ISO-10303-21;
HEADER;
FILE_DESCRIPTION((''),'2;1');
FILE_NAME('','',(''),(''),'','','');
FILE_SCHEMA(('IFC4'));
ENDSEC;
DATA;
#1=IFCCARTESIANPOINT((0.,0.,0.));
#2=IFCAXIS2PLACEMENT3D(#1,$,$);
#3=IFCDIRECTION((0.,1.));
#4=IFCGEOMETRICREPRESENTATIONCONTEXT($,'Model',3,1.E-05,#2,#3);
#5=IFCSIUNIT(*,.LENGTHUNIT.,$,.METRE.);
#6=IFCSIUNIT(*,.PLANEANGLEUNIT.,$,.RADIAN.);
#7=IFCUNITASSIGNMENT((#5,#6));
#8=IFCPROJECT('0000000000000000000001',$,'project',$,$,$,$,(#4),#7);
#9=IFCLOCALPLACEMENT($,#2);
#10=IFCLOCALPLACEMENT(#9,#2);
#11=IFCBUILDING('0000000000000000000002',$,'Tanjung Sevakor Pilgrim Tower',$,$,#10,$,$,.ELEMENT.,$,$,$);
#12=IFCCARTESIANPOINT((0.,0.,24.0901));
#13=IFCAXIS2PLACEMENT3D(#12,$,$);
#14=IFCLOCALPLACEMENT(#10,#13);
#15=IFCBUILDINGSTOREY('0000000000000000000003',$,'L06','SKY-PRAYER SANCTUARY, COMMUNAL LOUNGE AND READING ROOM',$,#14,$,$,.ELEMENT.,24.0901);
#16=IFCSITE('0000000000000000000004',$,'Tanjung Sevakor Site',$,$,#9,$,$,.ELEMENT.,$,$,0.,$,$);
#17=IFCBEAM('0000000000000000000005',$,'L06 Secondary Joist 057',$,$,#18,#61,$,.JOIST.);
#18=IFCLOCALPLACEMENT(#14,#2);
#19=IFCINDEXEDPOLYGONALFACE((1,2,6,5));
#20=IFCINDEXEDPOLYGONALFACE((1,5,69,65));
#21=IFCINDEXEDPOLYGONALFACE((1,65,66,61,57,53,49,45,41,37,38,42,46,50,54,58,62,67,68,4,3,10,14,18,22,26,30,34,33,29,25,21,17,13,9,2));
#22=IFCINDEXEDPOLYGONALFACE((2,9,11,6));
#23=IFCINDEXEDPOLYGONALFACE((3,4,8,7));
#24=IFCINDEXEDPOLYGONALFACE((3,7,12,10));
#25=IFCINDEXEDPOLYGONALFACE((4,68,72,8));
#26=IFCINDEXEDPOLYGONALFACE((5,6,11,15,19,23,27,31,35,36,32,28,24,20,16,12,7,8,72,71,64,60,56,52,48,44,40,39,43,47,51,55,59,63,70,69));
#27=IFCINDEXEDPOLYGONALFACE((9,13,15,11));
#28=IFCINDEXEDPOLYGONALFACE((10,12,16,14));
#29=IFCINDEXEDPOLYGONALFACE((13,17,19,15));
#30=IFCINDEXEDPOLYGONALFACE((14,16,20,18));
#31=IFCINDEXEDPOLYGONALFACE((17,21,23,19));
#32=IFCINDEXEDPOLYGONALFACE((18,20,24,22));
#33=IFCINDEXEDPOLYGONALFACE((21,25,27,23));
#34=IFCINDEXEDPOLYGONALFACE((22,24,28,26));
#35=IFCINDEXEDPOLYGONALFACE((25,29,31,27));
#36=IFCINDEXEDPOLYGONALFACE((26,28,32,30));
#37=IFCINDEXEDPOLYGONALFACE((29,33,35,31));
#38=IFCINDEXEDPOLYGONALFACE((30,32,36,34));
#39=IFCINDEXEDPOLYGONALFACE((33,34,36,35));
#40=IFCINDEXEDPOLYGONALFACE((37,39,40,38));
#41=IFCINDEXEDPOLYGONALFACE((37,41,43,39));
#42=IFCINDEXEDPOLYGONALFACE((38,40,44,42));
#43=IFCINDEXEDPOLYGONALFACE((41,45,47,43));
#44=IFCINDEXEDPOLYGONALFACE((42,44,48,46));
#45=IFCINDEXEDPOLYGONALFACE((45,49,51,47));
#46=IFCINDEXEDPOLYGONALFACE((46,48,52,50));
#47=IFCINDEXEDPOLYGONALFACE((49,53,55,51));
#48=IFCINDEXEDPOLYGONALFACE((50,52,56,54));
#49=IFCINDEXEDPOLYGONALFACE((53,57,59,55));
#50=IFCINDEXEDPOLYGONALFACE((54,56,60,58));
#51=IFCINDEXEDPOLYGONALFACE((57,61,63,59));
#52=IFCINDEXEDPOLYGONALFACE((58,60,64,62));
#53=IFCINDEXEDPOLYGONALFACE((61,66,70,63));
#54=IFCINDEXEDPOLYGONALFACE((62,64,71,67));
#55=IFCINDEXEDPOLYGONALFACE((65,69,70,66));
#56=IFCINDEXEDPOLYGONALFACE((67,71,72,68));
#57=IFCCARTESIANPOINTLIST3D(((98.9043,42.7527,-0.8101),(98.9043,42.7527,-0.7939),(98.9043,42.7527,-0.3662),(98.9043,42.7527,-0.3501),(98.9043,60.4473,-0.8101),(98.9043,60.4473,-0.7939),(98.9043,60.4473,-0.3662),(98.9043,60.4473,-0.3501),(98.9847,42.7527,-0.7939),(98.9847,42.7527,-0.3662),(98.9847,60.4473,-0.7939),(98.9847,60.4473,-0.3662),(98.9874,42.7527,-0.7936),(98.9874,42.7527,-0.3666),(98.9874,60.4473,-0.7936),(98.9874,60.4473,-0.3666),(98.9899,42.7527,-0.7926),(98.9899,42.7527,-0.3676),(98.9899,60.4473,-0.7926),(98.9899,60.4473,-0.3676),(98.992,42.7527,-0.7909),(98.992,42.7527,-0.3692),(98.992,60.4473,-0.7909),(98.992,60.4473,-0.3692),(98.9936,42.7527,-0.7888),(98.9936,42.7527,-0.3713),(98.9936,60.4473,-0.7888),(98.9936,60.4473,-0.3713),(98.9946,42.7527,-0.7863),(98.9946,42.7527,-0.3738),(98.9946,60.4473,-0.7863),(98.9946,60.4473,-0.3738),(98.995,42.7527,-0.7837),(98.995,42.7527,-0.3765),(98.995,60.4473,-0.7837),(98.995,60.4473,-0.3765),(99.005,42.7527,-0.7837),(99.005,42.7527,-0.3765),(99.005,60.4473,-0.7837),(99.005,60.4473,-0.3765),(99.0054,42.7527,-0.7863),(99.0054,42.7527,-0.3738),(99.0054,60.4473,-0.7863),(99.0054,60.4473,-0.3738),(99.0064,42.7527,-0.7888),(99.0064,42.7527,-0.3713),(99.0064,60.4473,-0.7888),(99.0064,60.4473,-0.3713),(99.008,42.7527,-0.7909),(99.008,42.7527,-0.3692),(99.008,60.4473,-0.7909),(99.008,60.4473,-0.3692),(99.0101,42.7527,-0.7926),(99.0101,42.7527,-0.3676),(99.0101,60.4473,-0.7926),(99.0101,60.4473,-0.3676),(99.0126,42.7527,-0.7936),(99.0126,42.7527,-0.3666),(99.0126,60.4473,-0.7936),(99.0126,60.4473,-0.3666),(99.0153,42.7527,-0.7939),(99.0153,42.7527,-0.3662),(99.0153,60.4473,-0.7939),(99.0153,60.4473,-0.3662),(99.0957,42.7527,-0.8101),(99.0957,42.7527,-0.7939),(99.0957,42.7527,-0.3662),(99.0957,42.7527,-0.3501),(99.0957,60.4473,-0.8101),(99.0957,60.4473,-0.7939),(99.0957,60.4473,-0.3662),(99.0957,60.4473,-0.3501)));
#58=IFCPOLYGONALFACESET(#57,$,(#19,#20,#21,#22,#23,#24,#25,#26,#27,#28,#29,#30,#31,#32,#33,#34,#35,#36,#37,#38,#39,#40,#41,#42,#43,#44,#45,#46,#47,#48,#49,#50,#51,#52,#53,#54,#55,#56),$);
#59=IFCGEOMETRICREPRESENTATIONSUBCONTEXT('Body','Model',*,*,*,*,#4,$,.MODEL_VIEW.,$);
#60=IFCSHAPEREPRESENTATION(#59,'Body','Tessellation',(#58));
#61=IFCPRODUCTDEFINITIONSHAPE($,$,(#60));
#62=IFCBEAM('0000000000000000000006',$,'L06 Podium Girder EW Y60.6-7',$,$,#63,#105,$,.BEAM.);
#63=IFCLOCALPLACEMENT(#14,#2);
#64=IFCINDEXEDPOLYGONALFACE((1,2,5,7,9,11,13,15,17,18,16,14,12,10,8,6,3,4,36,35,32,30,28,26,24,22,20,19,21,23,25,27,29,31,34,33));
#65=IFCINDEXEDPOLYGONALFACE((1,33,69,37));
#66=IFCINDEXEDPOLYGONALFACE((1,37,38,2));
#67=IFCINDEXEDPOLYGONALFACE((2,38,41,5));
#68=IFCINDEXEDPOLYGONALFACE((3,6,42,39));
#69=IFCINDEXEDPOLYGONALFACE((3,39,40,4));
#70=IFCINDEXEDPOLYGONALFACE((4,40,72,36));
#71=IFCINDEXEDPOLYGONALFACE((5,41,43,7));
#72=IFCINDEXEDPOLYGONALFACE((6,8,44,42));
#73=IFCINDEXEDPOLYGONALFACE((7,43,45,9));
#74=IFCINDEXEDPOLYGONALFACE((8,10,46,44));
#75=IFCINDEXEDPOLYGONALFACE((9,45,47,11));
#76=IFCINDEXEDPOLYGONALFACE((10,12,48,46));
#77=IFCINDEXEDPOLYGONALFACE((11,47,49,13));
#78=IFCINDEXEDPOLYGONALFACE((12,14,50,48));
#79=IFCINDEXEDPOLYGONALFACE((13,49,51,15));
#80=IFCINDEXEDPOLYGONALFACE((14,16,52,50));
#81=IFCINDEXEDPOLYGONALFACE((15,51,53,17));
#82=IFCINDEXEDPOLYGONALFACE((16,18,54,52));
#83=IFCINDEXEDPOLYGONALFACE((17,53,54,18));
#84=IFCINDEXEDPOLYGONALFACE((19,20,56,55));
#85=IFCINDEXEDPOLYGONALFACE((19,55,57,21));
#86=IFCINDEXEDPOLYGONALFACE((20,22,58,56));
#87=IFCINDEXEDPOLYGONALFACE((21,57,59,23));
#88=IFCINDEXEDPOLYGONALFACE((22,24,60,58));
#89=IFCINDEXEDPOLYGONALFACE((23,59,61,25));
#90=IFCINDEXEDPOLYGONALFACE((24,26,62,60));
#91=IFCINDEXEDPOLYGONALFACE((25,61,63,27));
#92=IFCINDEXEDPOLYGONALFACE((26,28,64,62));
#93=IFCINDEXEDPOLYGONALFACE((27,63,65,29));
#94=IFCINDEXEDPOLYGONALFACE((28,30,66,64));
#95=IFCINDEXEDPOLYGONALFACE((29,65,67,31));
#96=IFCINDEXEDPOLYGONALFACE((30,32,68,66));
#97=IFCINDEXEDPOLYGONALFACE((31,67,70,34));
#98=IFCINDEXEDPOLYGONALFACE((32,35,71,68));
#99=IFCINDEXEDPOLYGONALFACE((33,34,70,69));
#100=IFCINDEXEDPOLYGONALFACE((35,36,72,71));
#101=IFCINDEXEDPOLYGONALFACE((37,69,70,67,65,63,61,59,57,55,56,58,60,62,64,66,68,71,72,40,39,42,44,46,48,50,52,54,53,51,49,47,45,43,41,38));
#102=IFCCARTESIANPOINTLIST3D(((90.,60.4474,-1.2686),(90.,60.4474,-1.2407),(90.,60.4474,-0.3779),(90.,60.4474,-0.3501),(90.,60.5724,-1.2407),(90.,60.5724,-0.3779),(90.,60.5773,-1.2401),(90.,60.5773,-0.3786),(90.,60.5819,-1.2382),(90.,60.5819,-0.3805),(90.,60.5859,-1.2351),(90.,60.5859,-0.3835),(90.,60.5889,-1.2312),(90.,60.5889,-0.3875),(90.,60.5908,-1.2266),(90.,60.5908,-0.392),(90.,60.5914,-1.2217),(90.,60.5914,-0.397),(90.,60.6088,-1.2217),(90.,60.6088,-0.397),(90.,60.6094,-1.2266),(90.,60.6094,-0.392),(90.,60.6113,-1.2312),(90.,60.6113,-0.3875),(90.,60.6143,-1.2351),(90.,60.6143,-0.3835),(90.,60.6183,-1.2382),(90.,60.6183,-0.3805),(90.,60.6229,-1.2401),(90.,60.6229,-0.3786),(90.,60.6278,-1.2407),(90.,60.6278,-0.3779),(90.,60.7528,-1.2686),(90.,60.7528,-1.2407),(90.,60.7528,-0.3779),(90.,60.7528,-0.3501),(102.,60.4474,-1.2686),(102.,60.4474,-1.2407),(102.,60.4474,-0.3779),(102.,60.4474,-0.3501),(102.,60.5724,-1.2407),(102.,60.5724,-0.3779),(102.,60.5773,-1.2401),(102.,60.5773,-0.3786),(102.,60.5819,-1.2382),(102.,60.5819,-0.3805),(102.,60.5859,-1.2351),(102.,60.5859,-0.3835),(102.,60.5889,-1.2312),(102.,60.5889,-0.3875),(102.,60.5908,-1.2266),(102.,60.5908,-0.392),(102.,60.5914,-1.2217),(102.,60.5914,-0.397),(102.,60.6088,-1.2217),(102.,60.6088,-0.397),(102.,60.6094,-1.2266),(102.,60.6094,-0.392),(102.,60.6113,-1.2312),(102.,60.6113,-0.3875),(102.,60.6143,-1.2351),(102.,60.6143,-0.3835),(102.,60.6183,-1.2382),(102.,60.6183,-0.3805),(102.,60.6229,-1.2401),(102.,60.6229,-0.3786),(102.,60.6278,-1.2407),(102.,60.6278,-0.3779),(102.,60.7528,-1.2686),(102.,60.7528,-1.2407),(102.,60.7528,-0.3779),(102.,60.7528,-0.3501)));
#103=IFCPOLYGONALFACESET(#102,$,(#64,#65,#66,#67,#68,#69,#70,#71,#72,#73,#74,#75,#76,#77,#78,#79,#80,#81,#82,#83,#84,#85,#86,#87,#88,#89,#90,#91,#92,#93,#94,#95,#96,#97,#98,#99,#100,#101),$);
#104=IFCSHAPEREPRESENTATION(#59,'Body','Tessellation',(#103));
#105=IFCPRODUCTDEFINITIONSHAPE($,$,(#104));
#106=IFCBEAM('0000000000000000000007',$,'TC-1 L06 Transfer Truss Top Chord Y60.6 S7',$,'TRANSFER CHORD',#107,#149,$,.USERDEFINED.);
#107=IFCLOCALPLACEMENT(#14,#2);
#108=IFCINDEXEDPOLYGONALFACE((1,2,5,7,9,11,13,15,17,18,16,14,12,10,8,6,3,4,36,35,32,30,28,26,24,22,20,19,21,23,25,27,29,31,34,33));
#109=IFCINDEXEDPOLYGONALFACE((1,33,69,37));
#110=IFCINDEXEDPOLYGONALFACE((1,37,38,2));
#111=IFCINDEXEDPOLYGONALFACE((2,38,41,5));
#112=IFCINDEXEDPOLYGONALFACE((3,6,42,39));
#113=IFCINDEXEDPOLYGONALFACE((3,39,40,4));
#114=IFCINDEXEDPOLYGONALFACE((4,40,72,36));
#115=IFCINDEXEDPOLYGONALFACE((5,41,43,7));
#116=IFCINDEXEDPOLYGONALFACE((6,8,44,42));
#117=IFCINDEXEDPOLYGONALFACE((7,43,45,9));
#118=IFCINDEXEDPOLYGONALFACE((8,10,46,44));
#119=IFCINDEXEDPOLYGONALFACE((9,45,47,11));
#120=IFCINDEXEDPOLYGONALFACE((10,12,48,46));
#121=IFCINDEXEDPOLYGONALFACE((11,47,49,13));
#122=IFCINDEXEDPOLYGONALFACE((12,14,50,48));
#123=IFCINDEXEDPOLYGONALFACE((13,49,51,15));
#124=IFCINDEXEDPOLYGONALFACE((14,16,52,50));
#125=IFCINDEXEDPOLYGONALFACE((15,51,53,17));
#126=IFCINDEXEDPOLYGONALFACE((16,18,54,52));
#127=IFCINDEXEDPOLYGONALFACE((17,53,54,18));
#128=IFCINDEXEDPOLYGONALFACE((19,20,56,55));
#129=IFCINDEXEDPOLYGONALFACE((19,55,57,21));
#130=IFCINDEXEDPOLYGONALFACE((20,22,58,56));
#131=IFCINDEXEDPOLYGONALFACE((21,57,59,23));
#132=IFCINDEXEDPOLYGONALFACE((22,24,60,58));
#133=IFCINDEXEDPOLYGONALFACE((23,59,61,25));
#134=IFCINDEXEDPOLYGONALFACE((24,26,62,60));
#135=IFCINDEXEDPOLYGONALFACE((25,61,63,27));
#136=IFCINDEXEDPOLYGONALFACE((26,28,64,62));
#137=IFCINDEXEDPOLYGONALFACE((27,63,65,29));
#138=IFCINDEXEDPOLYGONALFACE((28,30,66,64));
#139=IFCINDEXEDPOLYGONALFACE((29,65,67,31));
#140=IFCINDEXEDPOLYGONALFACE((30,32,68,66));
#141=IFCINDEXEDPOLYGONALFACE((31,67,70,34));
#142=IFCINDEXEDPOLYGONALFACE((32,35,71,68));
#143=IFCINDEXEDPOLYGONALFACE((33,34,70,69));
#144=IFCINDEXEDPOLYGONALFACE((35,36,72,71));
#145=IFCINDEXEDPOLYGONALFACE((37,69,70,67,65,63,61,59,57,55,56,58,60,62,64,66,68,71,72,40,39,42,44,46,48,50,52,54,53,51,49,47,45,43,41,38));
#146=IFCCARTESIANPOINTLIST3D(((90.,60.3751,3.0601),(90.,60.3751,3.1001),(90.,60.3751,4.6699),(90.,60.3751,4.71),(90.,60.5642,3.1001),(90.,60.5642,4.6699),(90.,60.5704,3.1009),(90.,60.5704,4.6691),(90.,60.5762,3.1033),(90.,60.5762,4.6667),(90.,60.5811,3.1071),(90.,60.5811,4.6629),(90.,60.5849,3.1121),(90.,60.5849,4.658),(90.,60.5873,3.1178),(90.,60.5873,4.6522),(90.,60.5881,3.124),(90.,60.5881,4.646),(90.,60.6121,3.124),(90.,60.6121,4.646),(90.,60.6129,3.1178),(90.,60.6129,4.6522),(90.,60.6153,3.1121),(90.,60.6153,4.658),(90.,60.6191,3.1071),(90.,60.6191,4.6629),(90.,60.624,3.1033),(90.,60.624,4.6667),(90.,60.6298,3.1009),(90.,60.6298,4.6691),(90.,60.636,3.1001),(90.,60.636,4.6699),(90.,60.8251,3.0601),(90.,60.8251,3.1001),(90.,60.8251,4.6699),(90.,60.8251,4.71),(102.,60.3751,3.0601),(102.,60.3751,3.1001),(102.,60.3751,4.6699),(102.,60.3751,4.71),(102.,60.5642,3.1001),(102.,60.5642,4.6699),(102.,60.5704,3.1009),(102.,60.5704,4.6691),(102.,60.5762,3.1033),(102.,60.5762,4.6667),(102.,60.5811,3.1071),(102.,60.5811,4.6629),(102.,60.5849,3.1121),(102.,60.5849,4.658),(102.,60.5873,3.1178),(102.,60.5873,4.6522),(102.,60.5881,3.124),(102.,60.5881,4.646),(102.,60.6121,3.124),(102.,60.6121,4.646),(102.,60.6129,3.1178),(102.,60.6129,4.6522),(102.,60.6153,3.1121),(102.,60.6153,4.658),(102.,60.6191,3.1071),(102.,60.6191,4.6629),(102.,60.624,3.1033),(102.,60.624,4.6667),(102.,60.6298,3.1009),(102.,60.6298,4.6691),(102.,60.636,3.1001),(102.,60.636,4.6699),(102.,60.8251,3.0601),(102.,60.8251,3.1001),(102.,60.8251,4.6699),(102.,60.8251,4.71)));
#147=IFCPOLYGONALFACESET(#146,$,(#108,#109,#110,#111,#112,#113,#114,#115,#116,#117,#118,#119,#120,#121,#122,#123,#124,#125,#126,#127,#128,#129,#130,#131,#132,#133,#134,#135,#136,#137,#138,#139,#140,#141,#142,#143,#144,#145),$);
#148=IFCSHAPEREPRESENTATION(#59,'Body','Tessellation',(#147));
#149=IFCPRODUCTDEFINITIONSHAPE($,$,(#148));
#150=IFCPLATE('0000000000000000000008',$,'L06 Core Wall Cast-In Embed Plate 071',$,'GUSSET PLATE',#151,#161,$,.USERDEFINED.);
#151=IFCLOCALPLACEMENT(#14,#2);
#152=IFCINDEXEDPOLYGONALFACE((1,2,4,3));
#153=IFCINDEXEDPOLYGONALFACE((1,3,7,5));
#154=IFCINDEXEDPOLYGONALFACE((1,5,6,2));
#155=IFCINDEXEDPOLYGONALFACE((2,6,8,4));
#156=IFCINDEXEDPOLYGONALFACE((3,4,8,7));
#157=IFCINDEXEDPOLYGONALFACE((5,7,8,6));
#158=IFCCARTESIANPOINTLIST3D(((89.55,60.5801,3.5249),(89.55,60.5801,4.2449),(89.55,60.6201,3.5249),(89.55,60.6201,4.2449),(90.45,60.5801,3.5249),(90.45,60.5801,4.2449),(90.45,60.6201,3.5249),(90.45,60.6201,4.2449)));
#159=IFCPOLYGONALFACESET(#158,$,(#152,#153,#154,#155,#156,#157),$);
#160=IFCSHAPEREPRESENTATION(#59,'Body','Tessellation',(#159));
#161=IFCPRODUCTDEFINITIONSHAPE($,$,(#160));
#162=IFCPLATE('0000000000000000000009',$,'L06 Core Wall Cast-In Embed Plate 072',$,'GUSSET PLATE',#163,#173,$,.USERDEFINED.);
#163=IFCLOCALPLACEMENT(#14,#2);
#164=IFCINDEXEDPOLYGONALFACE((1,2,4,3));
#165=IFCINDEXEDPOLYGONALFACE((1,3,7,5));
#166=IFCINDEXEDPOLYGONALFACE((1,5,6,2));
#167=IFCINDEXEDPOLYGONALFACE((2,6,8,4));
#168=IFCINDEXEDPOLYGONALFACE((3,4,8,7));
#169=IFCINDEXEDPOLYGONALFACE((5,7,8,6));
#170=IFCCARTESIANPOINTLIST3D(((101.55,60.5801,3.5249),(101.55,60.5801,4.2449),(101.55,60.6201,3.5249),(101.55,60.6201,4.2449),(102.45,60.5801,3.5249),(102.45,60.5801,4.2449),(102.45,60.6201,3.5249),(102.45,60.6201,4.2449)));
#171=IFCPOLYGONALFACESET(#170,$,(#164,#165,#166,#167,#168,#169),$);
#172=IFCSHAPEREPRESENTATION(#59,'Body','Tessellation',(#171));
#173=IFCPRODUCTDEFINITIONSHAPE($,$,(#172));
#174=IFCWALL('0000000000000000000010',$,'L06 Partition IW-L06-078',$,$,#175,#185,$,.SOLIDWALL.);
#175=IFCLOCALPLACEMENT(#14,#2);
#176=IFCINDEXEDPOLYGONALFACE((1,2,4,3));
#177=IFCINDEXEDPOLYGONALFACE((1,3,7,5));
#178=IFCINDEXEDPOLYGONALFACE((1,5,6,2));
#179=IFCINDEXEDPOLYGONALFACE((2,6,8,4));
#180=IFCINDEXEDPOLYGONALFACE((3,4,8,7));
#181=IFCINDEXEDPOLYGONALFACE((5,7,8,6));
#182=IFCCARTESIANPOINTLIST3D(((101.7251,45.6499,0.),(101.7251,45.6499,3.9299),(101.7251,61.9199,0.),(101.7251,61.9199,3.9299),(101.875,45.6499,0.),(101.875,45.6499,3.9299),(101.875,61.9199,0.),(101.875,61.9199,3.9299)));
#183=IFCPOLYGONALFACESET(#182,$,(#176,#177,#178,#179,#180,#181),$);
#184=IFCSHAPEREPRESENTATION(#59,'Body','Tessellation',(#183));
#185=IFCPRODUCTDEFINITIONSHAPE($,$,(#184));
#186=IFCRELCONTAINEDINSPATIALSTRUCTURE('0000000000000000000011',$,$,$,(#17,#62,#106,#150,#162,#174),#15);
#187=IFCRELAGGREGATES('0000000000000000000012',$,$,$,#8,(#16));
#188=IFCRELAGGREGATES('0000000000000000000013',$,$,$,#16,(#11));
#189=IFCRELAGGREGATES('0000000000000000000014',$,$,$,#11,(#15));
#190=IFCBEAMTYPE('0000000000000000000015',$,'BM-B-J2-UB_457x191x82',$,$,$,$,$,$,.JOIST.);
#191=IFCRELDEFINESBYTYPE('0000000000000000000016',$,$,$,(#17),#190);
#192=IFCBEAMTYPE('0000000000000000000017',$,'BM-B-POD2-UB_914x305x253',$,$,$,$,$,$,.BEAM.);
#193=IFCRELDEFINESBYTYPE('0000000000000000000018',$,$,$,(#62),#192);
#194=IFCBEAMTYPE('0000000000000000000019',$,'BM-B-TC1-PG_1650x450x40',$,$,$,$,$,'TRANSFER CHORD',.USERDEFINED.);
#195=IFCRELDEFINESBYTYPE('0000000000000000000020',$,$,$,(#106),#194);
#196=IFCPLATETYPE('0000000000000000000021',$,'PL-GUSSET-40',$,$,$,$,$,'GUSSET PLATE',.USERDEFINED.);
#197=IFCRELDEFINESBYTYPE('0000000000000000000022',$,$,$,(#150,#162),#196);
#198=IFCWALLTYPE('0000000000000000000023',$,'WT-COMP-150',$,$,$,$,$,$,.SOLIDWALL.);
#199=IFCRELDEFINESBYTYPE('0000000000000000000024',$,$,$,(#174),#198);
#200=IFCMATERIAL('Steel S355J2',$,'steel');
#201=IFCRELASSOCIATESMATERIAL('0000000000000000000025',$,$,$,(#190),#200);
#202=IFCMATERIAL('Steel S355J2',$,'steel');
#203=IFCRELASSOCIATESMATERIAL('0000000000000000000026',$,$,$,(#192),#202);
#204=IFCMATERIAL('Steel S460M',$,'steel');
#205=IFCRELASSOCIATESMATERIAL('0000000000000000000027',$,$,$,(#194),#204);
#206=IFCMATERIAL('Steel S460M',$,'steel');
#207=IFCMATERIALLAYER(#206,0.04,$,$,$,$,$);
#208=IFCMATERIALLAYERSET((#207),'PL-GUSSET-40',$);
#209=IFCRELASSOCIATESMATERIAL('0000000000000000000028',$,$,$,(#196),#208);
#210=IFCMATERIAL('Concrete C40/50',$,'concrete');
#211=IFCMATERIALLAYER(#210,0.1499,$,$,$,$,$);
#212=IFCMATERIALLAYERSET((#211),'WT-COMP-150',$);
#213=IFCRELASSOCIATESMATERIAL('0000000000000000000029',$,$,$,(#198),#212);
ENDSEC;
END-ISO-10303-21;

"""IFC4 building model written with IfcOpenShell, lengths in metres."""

from ifc_helpers import new_model, si_unit, direction, frame, frame_2d, origin, origin_2d, place, context, subcontext, project, spatial, rectangle, i_section, extrude, material, layer, layer_set, material_profile, profile_set, type_object, element, save


model = new_model("IFC4")

# Units and contexts
model_context = context("Model", 3, precision=1e-05, world=origin(), true_north=direction((0.0, 1.0)))
body_context = subcontext(model_context, "Body", "Model", "MODEL_VIEW")
ifc_project = project(units=[si_unit("LENGTHUNIT", "METRE"), si_unit("PLANEANGLEUNIT", "RADIAN")], contexts=[model_context])

# Site, building, storey
site_placement = place(None, origin())
site = spatial("IfcSite", under=ifc_project, at=site_placement, Name="Tanjung Sevakor Site", CompositionType="ELEMENT", RefElevation=0.0)
building_placement = place(site_placement, origin())
building = spatial("IfcBuilding", under=site, at=building_placement, Name="Tanjung Sevakor Pilgrim Tower", CompositionType="ELEMENT")
storey_placement = place(building_placement, frame((0.0, 0.0, 24.0901)))
storey = spatial("IfcBuildingStorey", under=building, at=storey_placement, Name="L06", Description="SKY-PRAYER SANCTUARY, COMMUNAL LOUNGE AND READING ROOM", CompositionType="ELEMENT", Elevation=24.0901)

# Beams
ifc_material_1 = material(Name="Steel S355J2", Category="steel")
ifc_material_profile_1 = material_profile(ifc_material_1, i_section(OverallWidth=0.1914, OverallDepth=0.46, WebThickness=0.01, FlangeThickness=0.0161, FilletRadius=0.0103, at=origin_2d()))
ifc_profile_set_1 = profile_set([ifc_material_profile_1], Name="Steel S355J2")
beam_type_1 = type_object("IfcBeamType", Name="BM-B-J2-UB_457x191x82", PredefinedType="JOIST", material=ifc_profile_set_1)
for number, where, z_axis, x_axis, name in (
    (1, (99.0, 42.7527, -0.5801), (0.0, 1.0, 0.0), (-1.0, 0.0, 0.0), "L06 Secondary Joist 057"),
):
    element("IfcBeam", number, at=place(storey_placement, frame(where, z_axis=z_axis, x_axis=x_axis)), inside=storey, type_object=beam_type_1, Name=name, PredefinedType="JOIST", context=body_context, shape_type="SweptSolid", body=[
        extrude(i_section(OverallWidth=0.1914, OverallDepth=0.46, WebThickness=0.01, FlangeThickness=0.0161, FilletRadius=0.0103, at=origin_2d()), origin(), (0.0, 0.0, 1.0), 17.6946),
    ])
ifc_material_2 = material(Name="Steel S355J2", Category="steel")
ifc_material_profile_2 = material_profile(ifc_material_2, i_section(OverallWidth=0.3054, OverallDepth=0.9185, WebThickness=0.0173, FlangeThickness=0.0278, FilletRadius=0.019, at=origin_2d()))
ifc_profile_set_2 = profile_set([ifc_material_profile_2], Name="Steel S355J2")
beam_type_2 = type_object("IfcBeamType", Name="BM-B-POD2-UB_914x305x253", PredefinedType="BEAM", material=ifc_profile_set_2)
beam_1_placement = place(storey_placement, frame((90.0, 60.6001, -0.8093), z_axis=(1.0, 0.0, 0.0), x_axis=(0.0, 1.0, 0.0)))
element("IfcBeam", 2, at=beam_1_placement, inside=storey, type_object=beam_type_2, Name="L06 Podium Girder EW Y60.6-7", PredefinedType="BEAM", context=body_context, shape_type="SweptSolid", body=[
    extrude(i_section(OverallWidth=0.3054, OverallDepth=0.9185, WebThickness=0.0173, FlangeThickness=0.0278, FilletRadius=0.019, at=origin_2d()), origin(), (0.0, 0.0, 1.0), 12.0),
])
ifc_material_3 = material(Name="Steel S460M", Category="steel")
ifc_material_profile_3 = material_profile(ifc_material_3, i_section(OverallWidth=0.45, OverallDepth=1.6499, WebThickness=0.0239, FlangeThickness=0.04, FilletRadius=0.0239, at=origin_2d()))
ifc_profile_set_3 = profile_set([ifc_material_profile_3], Name="Steel S460M")
beam_type_3 = type_object("IfcBeamType", Name="BM-B-TC1-PG_1650x450x40", ElementType="TRANSFER CHORD", PredefinedType="USERDEFINED", material=ifc_profile_set_3)
beam_2_placement = place(storey_placement, frame((90.0, 60.6001, 3.885), z_axis=(1.0, 0.0, 0.0), x_axis=(0.0, 1.0, 0.0)))
element("IfcBeam", 3, at=beam_2_placement, inside=storey, type_object=beam_type_3, Name="TC-1 L06 Transfer Truss Top Chord Y60.6 S7", ObjectType="TRANSFER CHORD", PredefinedType="USERDEFINED", context=body_context, shape_type="SweptSolid", body=[
    extrude(i_section(OverallWidth=0.45, OverallDepth=1.6499, WebThickness=0.0239, FlangeThickness=0.04, FilletRadius=0.0239, at=origin_2d()), origin(), (0.0, 0.0, 1.0), 12.0),
])

# Plates
ifc_material_4 = material(Name="Steel S460M", Category="steel")
ifc_layer_1 = layer(ifc_material_4, 0.04)
ifc_layer_set_1 = layer_set([ifc_layer_1], Name="PL-GUSSET-40")
plate_type = type_object("IfcPlateType", Name="PL-GUSSET-40", ElementType="GUSSET PLATE", PredefinedType="USERDEFINED", material=ifc_layer_set_1)
for number, where, z_axis, x_axis, name in (
    (4, (90.0, 60.6001, 3.5249), (0.0, 0.0, 1.0), (1.0, 0.0, 0.0), "L06 Core Wall Cast-In Embed Plate 071"),
    (5, (102.0, 60.6001, 3.5249), (0.0, 0.0, 1.0), (1.0, 0.0, 0.0), "L06 Core Wall Cast-In Embed Plate 072"),
):
    element("IfcPlate", number, at=place(storey_placement, frame(where, z_axis=z_axis, x_axis=x_axis)), inside=storey, type_object=plate_type, Name=name, ObjectType="GUSSET PLATE", PredefinedType="USERDEFINED", context=body_context, shape_type="SweptSolid", body=[
        extrude(rectangle(XDim=0.8999, YDim=0.04, at=origin_2d()), origin(), (0.0, 0.0, 1.0), 0.72),
    ])

# Wall
ifc_material_5 = material(Name="Concrete C40/50", Category="concrete")
ifc_layer_2 = layer(ifc_material_5, 0.1499)
ifc_layer_set_2 = layer_set([ifc_layer_2], Name="WT-COMP-150")
wall_type_1 = type_object("IfcWallType", Name="WT-COMP-150", PredefinedType="SOLIDWALL", material=ifc_layer_set_2)
wall_1_placement = place(storey_placement, frame((101.8, 45.6499, 0.0), z_axis=(0.0, 0.0, 1.0), x_axis=(0.0, 1.0, 0.0)))
element("IfcWall", 6, at=wall_1_placement, inside=storey, type_object=wall_type_1, Name="L06 Partition IW-L06-078", PredefinedType="SOLIDWALL", context=body_context, shape_type="SweptSolid", body=[
    extrude(rectangle(XDim=16.27, YDim=0.1499, at=frame_2d((8.135, 0.0))), origin(), (0.0, 0.0, 1.0), 3.9299),
])

save(model, "model.ifc")
